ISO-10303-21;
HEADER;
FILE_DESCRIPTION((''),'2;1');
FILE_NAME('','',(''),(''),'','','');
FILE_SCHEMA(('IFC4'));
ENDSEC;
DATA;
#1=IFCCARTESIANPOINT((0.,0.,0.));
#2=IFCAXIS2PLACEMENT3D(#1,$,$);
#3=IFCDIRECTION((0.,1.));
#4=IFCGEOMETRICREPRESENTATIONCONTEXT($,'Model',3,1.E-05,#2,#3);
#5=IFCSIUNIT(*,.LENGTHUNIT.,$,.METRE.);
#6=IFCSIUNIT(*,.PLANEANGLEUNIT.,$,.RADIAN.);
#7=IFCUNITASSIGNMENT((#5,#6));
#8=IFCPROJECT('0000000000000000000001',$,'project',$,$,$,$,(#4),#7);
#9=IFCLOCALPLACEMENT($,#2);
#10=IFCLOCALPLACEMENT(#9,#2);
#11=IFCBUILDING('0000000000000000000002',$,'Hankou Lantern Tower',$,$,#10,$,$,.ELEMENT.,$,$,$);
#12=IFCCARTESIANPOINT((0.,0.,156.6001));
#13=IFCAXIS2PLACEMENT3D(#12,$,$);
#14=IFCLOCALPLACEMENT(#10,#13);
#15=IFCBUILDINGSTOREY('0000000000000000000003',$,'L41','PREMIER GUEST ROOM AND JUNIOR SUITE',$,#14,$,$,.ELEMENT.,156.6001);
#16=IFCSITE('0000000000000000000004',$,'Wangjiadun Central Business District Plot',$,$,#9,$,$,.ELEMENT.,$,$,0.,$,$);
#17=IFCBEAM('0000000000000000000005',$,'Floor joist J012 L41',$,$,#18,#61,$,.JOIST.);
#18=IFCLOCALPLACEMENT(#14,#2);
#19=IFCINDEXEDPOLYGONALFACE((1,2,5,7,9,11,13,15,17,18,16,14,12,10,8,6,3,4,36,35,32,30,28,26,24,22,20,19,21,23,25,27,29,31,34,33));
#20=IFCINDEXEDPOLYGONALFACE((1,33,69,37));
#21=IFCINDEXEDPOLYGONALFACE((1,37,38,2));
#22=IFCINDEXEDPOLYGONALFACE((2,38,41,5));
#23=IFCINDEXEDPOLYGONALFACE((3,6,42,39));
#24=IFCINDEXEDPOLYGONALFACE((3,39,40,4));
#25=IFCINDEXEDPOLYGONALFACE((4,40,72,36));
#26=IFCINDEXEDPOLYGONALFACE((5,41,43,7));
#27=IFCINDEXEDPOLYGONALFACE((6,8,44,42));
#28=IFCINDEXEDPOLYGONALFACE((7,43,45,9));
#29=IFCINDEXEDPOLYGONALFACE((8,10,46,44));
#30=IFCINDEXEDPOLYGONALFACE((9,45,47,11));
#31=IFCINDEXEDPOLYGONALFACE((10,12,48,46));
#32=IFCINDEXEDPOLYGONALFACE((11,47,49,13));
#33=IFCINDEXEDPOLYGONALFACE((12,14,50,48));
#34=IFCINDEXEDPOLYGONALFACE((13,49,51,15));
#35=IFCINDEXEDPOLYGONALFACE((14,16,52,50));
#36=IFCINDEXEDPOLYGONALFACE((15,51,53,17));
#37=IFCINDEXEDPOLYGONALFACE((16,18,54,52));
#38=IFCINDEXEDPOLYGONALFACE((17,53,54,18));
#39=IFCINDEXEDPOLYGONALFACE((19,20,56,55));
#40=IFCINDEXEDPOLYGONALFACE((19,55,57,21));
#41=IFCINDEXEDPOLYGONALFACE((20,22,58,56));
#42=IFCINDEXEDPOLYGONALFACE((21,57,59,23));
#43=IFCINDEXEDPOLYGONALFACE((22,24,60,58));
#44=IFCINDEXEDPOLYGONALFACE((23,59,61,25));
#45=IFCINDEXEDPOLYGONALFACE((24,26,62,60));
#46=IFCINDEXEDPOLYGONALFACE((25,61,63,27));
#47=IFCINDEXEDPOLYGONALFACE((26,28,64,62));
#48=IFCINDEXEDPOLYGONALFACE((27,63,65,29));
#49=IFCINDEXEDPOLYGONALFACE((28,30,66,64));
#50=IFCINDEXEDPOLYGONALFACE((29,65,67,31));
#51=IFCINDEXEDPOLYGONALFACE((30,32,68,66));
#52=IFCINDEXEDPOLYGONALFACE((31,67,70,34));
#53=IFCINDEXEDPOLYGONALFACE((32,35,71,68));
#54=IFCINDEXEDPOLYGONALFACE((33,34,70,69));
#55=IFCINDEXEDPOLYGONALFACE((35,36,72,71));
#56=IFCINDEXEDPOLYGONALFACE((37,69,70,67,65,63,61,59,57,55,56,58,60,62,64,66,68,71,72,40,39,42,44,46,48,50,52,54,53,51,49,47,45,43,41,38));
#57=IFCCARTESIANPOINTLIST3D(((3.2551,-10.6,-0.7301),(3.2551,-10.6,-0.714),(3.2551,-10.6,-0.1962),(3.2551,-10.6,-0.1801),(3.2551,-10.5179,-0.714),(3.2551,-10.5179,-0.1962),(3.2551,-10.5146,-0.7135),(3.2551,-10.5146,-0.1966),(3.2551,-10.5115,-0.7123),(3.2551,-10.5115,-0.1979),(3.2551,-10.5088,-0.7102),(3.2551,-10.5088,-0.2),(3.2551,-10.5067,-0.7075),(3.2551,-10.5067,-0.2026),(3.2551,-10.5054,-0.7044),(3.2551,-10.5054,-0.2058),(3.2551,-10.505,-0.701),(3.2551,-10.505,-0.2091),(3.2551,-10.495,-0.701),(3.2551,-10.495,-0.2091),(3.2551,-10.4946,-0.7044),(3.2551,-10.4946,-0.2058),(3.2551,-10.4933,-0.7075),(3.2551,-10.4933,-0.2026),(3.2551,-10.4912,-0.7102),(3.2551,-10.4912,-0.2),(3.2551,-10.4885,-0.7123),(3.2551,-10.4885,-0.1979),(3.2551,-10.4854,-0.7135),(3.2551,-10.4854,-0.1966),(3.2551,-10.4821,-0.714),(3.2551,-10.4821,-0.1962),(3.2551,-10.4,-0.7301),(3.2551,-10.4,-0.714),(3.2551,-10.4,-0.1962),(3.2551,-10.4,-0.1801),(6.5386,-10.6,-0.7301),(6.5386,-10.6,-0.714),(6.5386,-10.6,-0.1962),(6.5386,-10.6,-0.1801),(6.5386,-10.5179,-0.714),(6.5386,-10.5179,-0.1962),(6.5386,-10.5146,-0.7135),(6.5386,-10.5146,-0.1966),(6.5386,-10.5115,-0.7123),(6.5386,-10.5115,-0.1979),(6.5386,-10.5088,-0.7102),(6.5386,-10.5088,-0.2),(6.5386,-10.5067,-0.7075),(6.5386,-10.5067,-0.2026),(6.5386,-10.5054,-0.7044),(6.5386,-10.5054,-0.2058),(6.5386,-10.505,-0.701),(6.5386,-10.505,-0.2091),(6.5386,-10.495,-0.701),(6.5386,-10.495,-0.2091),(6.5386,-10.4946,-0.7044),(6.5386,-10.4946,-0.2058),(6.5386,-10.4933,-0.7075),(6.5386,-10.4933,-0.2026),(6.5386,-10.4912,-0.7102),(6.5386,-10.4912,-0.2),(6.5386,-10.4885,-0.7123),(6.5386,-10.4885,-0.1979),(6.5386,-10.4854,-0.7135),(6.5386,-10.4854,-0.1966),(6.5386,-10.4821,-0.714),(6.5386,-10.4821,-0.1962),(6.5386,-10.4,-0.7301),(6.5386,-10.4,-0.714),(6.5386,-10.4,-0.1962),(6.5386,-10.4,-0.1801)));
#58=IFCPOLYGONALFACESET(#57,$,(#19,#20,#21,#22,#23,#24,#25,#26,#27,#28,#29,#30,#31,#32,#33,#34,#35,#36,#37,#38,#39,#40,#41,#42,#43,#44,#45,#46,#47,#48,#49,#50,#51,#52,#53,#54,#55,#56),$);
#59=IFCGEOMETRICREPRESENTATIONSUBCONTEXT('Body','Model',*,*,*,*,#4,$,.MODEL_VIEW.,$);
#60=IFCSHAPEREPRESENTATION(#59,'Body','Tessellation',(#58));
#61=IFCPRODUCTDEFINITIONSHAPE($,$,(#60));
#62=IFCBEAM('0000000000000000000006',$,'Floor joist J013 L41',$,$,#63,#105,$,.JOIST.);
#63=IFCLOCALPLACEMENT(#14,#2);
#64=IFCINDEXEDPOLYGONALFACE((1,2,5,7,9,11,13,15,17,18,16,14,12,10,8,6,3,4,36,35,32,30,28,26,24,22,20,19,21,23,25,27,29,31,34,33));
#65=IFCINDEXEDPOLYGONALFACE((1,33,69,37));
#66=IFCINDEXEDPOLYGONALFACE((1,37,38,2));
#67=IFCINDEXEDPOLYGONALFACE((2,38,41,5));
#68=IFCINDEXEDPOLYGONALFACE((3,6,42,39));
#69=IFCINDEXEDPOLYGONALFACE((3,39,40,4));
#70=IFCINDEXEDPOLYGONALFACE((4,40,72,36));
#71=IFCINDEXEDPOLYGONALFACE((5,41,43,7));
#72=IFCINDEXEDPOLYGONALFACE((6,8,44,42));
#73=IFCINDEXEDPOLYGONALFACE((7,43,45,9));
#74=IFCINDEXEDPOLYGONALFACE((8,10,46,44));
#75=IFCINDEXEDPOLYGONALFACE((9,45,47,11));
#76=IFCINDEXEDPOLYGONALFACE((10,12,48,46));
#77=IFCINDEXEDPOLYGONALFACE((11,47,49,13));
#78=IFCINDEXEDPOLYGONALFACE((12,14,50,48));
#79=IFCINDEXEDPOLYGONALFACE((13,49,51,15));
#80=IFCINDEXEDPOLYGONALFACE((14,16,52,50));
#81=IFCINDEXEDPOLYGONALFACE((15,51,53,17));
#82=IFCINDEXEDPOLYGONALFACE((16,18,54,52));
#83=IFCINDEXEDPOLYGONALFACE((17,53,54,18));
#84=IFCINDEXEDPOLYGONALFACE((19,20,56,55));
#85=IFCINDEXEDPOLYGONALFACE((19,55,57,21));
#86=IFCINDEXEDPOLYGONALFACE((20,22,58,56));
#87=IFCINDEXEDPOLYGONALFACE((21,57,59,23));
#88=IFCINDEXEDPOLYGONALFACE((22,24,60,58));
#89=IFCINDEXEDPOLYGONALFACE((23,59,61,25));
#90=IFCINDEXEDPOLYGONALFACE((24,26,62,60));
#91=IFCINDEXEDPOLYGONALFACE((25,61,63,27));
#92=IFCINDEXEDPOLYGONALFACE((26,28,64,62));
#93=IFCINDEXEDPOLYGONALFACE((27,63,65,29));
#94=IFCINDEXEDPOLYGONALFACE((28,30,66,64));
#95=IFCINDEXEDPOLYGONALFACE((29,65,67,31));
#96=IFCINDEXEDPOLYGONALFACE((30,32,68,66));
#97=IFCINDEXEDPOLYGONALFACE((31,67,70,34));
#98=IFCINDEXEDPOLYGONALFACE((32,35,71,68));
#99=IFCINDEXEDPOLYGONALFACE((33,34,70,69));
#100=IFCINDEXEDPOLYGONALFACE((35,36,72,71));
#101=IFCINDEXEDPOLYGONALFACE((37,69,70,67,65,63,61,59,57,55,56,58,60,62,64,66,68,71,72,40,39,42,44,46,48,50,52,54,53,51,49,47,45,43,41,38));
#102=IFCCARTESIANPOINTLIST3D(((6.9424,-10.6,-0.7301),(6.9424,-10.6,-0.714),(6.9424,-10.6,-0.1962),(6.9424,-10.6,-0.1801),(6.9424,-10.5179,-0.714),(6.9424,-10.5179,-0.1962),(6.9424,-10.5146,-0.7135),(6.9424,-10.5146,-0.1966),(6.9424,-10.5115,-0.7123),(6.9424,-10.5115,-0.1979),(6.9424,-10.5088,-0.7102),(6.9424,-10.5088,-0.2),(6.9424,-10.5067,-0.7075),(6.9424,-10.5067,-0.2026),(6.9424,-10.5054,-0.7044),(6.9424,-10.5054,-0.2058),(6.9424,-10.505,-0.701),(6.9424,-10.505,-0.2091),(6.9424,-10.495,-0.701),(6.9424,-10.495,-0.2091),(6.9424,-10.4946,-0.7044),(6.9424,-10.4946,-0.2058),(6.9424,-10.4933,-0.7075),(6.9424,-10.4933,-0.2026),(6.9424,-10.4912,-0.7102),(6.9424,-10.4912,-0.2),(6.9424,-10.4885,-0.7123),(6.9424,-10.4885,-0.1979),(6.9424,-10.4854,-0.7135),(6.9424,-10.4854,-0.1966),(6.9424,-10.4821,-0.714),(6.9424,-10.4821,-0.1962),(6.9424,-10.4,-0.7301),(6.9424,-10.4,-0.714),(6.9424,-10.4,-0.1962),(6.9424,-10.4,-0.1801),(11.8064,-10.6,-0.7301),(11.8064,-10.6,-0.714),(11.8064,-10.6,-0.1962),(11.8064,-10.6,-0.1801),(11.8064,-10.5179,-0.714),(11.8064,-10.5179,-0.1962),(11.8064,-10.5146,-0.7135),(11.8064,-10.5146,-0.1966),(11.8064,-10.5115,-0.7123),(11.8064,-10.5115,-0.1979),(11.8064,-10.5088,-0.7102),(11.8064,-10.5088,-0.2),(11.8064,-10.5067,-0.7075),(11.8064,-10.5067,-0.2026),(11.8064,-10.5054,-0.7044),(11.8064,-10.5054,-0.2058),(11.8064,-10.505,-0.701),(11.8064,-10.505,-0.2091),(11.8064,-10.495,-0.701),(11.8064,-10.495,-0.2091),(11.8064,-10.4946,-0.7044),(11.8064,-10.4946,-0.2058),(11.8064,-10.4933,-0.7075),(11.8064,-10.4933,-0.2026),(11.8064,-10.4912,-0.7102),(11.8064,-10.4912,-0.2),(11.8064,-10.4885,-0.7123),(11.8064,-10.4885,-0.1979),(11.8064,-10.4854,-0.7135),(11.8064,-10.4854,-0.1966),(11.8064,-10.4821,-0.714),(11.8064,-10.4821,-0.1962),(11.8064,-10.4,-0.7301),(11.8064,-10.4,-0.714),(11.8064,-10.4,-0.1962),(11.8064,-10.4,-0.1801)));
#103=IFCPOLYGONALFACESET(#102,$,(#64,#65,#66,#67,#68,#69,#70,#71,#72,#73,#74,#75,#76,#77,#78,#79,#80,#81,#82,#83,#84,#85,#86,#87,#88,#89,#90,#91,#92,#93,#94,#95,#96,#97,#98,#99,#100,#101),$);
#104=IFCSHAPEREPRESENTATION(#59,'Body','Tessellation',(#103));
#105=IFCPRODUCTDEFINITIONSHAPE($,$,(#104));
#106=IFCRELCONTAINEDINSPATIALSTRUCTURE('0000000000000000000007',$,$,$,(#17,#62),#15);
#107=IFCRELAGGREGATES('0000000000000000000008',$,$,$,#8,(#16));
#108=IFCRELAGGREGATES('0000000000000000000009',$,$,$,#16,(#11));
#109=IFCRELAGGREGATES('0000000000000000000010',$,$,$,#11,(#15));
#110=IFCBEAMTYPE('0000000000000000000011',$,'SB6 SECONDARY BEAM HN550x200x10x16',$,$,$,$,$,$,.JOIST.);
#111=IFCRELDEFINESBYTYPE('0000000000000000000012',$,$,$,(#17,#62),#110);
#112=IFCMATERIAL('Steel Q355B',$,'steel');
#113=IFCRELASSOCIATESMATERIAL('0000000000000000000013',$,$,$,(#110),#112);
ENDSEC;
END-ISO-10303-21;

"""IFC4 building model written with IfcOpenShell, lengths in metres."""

from ifc_helpers import new_model, si_unit, direction, frame, origin, origin_2d, place, context, subcontext, project, spatial, i_section, extrude, material, material_profile, profile_set, type_object, element, save


model = new_model("IFC4")

# Units and contexts
model_context = context("Model", 3, precision=1e-05, world=origin(), true_north=direction((0.0, 1.0)))
body_context = subcontext(model_context, "Body", "Model", "MODEL_VIEW")
ifc_project = project(units=[si_unit("LENGTHUNIT", "METRE"), si_unit("PLANEANGLEUNIT", "RADIAN")], contexts=[model_context])

# Site, building, storey
site_placement = place(None, origin())
site = spatial("IfcSite", under=ifc_project, at=site_placement, Name="Wangjiadun Central Business District Plot", CompositionType="ELEMENT", RefElevation=0.0)
building_placement = place(site_placement, origin())
building = spatial("IfcBuilding", under=site, at=building_placement, Name="Hankou Lantern Tower", CompositionType="ELEMENT")
storey_placement = place(building_placement, frame((0.0, 0.0, 156.6001)))
storey = spatial("IfcBuildingStorey", under=building, at=storey_placement, Name="L41", Description="PREMIER GUEST ROOM AND JUNIOR SUITE", CompositionType="ELEMENT", Elevation=156.6001)

# Beams
ifc_material_1 = material(Name="Steel Q355B", Category="steel")
ifc_material_profile_1 = material_profile(ifc_material_1, i_section(OverallWidth=0.2, OverallDepth=0.55, WebThickness=0.01, FlangeThickness=0.0161, FilletRadius=0.0129, at=origin_2d()), Name="HN550x200x10x16")
ifc_profile_set_1 = profile_set([ifc_material_profile_1], Name="Steel Q355B")
beam_type_1 = type_object("IfcBeamType", Name="SB6 SECONDARY BEAM HN550x200x10x16", PredefinedType="JOIST", material=ifc_profile_set_1)
beam_1_placement = place(storey_placement, frame((3.2551, -10.5, -0.4551), z_axis=(1.0, 0.0, 0.0), x_axis=(0.0, 1.0, 0.0)))
element("IfcBeam", 1, at=beam_1_placement, inside=storey, type_object=beam_type_1, Name="Floor joist J012 L41", PredefinedType="JOIST", context=body_context, shape_type="SweptSolid", body=[
    extrude(i_section(OverallWidth=0.2, OverallDepth=0.55, WebThickness=0.01, FlangeThickness=0.0161, FilletRadius=0.0129, at=origin_2d()), origin(), (0.0, 0.0, 1.0), 3.2834),
])
beam_2_placement = place(storey_placement, frame((6.9424, -10.5, -0.4551), z_axis=(1.0, 0.0, 0.0), x_axis=(0.0, 1.0, 0.0)))
element("IfcBeam", 2, at=beam_2_placement, inside=storey, type_object=beam_type_1, Name="Floor joist J013 L41", PredefinedType="JOIST", context=body_context, shape_type="SweptSolid", body=[
    extrude(i_section(OverallWidth=0.2, OverallDepth=0.55, WebThickness=0.01, FlangeThickness=0.0161, FilletRadius=0.0129, at=origin_2d()), origin(), (0.0, 0.0, 1.0), 4.864),
])

save(model, "model.ifc")
